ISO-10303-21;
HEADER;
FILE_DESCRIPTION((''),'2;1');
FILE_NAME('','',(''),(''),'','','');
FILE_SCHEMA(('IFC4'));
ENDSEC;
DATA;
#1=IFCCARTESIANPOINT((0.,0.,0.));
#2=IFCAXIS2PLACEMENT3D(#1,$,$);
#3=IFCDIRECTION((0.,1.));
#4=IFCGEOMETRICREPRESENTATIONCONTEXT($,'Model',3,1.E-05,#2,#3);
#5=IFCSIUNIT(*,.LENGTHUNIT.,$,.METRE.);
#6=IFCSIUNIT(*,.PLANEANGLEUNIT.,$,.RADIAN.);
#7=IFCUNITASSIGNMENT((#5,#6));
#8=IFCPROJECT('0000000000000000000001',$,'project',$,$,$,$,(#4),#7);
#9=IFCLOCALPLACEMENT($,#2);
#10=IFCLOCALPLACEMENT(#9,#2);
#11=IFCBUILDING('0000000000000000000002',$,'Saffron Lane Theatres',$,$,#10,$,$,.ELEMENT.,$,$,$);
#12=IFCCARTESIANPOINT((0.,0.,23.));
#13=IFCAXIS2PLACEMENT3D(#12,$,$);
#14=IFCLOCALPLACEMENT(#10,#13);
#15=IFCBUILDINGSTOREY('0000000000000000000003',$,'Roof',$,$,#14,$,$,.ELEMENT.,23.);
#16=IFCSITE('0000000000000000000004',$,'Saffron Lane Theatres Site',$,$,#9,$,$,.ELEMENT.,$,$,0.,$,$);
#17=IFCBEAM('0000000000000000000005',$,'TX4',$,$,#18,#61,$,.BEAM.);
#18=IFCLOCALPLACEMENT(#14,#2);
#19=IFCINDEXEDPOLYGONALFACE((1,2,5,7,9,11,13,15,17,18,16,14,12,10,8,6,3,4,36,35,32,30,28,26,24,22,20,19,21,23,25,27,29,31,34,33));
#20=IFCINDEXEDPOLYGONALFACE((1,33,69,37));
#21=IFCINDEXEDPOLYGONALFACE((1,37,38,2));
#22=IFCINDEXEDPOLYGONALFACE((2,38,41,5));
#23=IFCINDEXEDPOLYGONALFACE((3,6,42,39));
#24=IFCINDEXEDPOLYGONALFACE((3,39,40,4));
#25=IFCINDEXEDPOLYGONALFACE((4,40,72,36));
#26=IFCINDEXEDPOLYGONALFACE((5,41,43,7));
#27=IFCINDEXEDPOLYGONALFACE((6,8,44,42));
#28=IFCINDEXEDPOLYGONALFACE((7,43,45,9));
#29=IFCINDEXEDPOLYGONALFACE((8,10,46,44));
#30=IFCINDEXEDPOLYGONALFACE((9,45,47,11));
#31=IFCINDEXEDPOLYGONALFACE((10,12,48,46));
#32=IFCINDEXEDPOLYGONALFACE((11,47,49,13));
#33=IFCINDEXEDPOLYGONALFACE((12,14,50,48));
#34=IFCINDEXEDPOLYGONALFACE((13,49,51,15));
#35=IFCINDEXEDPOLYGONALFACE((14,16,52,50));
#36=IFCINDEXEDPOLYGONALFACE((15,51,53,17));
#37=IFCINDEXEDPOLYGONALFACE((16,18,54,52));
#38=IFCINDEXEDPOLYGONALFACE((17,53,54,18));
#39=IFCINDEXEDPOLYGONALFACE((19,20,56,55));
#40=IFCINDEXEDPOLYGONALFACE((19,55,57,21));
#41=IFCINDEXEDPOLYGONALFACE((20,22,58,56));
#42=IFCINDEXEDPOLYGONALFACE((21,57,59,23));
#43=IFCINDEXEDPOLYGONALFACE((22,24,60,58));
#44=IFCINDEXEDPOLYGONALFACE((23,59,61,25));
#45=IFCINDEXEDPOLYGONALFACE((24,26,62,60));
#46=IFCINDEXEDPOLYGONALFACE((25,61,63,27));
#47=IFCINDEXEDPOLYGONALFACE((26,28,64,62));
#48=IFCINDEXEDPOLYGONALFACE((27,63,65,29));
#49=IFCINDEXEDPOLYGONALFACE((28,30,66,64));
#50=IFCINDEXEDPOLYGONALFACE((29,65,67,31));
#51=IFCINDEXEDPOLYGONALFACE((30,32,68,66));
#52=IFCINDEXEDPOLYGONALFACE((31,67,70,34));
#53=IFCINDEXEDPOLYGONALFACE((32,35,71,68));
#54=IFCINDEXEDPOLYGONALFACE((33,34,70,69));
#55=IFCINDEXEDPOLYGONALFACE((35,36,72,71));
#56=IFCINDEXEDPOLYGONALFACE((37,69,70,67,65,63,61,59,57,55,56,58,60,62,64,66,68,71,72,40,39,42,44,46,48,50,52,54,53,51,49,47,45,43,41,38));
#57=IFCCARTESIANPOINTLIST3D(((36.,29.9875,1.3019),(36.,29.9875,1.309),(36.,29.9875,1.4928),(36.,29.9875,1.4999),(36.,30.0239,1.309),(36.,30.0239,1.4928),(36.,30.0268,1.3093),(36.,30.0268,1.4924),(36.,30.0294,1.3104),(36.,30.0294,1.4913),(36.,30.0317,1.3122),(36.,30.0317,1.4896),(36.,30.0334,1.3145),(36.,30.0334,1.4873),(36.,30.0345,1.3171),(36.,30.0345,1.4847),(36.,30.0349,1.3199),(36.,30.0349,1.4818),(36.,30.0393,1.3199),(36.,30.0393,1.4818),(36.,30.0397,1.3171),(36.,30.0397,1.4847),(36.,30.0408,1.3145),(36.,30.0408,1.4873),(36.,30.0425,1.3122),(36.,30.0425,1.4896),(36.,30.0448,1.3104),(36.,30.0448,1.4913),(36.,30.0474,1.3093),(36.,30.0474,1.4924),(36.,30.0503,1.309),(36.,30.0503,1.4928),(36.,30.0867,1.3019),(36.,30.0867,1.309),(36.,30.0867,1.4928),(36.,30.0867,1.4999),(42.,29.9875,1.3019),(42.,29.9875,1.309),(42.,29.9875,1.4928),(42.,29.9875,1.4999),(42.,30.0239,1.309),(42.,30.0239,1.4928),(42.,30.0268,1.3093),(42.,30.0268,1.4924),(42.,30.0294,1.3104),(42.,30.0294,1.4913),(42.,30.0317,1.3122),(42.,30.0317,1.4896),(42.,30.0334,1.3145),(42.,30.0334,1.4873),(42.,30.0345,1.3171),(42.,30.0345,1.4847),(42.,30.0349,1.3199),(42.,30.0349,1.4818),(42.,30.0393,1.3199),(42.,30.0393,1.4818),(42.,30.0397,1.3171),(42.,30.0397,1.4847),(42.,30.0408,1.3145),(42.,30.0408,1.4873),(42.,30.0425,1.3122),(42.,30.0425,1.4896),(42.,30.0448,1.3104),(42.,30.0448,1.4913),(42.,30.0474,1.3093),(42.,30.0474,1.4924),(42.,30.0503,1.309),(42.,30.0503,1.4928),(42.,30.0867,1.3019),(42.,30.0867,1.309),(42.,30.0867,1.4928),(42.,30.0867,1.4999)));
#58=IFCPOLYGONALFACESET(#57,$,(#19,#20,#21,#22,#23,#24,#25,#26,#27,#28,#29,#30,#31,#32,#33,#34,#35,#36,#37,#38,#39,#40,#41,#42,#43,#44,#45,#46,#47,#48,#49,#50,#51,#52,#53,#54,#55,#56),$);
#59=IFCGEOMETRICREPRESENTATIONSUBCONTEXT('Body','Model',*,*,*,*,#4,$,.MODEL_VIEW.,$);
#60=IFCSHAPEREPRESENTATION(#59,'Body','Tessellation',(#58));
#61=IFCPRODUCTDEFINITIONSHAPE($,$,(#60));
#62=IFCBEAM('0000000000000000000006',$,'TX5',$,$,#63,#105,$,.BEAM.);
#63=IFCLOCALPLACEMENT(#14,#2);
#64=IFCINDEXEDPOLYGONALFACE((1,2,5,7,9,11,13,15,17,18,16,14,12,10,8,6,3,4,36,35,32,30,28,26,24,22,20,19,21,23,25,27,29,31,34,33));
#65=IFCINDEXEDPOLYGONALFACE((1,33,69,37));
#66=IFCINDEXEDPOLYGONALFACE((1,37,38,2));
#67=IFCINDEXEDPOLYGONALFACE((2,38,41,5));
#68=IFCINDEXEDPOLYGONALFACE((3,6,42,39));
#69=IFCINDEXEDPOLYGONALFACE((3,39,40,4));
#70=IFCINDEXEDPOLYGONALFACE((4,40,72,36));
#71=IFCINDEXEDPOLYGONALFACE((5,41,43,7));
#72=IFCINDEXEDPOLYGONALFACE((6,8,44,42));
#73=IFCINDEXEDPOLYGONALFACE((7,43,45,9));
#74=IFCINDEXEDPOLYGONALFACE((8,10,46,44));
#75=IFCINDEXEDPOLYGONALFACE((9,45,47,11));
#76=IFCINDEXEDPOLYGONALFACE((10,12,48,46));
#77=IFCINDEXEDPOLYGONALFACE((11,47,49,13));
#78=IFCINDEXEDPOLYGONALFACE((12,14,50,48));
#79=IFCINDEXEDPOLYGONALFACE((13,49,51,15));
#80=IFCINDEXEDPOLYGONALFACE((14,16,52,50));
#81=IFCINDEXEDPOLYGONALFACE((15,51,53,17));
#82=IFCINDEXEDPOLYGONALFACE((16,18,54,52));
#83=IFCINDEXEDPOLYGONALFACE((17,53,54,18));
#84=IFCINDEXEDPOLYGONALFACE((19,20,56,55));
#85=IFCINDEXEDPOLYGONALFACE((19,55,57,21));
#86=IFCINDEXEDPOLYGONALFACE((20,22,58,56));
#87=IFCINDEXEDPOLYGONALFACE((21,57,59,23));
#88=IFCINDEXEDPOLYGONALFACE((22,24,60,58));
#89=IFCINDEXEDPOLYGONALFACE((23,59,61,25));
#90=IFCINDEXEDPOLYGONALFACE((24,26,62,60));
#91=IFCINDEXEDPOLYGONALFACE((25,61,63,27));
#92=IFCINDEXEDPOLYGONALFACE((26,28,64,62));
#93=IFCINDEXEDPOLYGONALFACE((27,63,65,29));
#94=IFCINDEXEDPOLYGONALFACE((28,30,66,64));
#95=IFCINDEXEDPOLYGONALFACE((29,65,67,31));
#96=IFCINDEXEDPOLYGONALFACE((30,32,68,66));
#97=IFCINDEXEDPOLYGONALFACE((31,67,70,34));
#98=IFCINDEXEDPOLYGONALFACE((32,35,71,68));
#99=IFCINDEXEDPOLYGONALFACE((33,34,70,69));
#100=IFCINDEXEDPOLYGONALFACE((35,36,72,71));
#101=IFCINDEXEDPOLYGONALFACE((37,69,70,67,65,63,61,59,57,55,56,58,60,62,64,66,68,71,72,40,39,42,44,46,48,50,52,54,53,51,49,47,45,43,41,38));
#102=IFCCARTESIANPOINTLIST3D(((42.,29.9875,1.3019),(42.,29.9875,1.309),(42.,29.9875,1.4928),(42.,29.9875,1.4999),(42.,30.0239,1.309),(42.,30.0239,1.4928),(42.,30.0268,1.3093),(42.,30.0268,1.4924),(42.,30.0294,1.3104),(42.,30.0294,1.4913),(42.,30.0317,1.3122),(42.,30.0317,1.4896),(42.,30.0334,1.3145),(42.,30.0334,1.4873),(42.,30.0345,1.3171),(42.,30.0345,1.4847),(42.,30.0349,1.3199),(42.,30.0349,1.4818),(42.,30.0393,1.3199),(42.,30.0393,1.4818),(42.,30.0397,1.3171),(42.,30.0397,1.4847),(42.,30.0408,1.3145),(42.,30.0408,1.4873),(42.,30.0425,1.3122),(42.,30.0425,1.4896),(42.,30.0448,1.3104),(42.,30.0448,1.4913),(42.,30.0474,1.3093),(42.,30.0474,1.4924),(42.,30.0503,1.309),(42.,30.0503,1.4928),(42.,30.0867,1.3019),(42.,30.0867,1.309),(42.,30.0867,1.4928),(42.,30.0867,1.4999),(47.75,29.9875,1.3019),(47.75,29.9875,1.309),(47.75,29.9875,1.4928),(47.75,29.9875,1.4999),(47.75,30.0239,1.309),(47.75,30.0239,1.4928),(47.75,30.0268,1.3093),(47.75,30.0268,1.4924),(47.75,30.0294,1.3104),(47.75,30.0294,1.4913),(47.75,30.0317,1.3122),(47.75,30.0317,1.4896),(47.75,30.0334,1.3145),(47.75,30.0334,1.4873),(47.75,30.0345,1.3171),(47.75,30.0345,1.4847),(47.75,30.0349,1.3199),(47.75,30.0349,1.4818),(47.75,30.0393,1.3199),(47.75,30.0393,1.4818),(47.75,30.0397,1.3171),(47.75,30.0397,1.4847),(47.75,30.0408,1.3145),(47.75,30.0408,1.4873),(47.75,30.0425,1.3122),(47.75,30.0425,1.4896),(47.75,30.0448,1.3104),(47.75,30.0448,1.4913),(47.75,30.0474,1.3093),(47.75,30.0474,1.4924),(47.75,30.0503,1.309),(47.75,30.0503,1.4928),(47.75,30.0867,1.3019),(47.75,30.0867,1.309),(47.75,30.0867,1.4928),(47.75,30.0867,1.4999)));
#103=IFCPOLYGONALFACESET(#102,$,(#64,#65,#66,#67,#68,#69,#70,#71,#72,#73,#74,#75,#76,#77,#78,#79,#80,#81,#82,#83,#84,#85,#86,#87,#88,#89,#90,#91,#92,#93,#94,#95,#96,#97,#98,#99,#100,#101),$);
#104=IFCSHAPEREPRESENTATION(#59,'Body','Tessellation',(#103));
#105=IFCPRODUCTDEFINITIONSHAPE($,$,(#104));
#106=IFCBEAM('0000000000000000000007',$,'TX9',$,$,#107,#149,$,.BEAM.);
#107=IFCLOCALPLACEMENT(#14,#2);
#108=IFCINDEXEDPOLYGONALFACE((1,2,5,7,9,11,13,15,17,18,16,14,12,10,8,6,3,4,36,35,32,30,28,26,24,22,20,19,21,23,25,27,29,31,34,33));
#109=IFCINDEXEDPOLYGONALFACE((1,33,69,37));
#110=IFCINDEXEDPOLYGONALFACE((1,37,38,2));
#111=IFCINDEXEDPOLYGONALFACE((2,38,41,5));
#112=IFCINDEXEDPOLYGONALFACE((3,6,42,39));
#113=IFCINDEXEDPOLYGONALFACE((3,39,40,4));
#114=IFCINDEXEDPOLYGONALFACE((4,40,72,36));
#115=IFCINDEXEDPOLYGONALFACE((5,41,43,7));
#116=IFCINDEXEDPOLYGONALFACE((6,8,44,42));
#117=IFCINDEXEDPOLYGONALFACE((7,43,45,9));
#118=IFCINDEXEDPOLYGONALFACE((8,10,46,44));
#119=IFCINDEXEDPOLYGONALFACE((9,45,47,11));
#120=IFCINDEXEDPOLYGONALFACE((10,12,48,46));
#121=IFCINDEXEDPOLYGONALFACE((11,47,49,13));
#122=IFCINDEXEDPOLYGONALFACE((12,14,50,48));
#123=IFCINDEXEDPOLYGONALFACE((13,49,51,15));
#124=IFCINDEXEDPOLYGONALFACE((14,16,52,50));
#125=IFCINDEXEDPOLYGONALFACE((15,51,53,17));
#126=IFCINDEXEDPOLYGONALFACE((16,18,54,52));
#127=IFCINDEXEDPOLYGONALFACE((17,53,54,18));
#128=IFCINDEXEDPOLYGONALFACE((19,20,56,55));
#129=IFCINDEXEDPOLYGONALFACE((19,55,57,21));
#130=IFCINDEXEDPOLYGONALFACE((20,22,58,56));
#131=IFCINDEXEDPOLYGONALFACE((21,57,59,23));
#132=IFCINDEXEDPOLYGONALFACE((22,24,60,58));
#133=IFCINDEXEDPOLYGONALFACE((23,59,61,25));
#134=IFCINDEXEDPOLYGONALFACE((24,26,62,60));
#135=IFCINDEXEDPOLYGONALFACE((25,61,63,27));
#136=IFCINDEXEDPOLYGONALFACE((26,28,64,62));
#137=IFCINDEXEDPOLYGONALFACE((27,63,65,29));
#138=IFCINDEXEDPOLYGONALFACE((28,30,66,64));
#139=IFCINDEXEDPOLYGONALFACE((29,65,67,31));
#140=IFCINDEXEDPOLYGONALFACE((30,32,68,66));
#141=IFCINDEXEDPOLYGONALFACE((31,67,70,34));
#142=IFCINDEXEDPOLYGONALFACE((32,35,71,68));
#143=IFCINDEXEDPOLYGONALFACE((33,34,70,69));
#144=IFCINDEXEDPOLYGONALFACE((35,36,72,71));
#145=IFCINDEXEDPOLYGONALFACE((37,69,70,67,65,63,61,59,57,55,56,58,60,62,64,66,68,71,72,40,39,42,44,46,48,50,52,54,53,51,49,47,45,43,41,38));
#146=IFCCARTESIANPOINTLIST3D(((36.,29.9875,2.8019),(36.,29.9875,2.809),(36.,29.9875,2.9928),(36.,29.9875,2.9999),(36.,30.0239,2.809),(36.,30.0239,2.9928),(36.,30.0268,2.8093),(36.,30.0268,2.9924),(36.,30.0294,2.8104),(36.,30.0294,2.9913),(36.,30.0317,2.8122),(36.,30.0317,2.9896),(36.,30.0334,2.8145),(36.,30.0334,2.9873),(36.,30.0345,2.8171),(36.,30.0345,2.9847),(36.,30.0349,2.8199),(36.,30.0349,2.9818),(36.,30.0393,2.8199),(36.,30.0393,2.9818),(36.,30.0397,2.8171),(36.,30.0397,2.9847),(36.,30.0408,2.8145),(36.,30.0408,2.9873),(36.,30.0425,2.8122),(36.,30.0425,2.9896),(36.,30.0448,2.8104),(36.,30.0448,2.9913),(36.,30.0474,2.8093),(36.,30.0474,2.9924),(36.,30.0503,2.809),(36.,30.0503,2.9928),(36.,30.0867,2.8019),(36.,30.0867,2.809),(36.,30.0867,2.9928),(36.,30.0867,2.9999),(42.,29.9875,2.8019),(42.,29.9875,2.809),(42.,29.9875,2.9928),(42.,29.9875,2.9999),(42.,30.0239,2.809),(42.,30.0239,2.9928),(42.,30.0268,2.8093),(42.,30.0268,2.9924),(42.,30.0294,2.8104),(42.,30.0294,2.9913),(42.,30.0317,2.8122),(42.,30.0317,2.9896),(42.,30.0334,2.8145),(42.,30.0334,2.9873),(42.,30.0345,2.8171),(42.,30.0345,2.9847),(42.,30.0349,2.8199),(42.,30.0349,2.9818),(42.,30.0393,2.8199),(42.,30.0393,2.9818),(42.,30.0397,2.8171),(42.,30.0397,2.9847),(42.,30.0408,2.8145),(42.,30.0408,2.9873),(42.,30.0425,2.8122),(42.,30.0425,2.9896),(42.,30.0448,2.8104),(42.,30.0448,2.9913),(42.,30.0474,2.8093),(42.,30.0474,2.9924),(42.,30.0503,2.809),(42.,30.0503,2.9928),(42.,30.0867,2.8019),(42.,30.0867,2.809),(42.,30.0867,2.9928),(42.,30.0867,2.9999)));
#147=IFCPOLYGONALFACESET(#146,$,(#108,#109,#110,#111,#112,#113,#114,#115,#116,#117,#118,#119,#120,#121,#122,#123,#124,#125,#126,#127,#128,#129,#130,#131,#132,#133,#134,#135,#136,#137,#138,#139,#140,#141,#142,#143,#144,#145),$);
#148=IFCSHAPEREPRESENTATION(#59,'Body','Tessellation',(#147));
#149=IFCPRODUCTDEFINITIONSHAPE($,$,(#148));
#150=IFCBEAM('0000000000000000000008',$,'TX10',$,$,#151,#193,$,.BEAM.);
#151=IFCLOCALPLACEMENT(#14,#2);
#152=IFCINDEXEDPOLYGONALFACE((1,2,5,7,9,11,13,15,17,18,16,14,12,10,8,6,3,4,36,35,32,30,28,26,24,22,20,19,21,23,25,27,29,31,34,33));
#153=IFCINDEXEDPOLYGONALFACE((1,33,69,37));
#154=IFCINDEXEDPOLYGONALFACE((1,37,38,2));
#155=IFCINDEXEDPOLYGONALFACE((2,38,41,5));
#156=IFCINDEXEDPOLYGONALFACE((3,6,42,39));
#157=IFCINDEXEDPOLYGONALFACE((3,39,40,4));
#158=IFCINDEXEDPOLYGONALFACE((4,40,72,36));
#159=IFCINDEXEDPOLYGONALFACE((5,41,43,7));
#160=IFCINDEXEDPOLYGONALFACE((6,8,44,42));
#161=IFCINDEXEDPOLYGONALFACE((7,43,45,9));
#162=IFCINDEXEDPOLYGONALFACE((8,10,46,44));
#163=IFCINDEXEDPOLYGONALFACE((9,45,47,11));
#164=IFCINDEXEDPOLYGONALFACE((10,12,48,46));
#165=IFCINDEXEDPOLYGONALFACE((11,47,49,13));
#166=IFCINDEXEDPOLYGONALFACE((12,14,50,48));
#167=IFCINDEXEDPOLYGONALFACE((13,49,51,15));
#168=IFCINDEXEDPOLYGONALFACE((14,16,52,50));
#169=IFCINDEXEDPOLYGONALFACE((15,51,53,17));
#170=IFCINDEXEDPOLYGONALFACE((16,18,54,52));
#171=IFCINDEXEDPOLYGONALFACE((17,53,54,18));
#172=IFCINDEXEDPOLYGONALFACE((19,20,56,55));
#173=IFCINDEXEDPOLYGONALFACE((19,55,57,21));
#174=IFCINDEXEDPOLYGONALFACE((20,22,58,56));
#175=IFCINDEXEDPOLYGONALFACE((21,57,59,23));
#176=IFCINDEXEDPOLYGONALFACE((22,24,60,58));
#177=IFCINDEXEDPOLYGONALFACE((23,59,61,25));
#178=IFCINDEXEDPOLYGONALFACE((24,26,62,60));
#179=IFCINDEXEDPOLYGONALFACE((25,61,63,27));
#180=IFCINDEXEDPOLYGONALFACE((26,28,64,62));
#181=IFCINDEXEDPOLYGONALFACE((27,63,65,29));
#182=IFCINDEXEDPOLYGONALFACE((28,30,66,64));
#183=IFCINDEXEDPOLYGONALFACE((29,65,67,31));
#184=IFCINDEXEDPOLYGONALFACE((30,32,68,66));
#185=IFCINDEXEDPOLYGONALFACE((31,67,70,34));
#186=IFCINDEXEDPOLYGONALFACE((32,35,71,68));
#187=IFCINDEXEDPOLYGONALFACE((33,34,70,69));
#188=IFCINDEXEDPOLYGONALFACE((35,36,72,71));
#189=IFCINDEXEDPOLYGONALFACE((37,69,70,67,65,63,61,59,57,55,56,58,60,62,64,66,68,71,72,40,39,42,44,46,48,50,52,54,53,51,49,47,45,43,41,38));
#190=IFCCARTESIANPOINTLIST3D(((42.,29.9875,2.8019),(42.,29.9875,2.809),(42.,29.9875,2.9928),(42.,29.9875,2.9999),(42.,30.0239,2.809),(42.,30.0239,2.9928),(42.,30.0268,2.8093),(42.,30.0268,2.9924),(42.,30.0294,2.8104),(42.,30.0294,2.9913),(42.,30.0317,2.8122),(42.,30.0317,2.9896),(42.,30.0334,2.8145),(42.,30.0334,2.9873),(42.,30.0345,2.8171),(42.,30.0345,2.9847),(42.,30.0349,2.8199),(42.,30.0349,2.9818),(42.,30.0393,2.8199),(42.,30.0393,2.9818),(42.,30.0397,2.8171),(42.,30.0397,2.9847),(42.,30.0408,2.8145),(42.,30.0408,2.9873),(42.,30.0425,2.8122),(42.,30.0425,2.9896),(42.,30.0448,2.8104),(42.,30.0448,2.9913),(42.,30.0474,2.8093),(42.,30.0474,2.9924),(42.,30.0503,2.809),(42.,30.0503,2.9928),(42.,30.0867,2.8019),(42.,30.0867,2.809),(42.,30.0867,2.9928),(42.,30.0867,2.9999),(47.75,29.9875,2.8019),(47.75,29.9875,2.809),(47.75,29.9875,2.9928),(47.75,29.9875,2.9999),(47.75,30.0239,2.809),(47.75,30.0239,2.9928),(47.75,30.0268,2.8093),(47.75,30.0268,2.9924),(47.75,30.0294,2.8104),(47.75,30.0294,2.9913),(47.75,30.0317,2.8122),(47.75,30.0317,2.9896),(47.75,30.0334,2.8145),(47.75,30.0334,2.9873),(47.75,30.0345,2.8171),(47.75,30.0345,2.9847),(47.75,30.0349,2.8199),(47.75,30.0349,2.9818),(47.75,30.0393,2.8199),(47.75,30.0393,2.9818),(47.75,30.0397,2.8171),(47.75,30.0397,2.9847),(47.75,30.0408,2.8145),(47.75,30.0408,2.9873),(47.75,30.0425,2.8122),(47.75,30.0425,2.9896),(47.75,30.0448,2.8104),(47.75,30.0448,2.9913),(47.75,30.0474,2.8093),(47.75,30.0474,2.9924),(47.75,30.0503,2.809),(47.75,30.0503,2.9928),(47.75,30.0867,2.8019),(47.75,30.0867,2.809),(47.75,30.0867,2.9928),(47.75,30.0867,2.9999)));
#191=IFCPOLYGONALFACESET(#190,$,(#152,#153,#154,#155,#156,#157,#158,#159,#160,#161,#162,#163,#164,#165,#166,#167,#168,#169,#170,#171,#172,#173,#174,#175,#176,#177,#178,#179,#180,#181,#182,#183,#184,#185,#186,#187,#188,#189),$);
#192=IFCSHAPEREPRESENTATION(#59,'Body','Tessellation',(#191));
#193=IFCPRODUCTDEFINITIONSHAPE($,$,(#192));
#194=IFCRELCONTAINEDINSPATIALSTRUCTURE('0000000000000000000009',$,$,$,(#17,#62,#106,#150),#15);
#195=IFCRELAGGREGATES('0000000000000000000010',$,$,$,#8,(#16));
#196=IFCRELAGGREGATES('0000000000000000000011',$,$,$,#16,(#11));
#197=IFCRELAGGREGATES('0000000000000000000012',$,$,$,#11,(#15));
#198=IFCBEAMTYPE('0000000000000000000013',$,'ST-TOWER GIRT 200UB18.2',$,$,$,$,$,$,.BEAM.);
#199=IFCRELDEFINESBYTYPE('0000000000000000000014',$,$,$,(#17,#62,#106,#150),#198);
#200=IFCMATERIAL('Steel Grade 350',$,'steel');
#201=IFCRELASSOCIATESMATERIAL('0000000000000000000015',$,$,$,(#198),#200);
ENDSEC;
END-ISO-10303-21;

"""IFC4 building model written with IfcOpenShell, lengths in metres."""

from ifc_helpers import new_model, si_unit, direction, frame, origin, origin_2d, place, context, subcontext, project, spatial, i_section, extrude, material, material_profile, profile_set, type_object, element, save


model = new_model("IFC4")

# Units and contexts
model_context = context("Model", 3, precision=1e-05, world=origin(), true_north=direction((0.0, 1.0)))
body_context = subcontext(model_context, "Body", "Model", "MODEL_VIEW")
ifc_project = project(units=[si_unit("LENGTHUNIT", "METRE"), si_unit("PLANEANGLEUNIT", "RADIAN")], contexts=[model_context])

# Site, building, storey
site_placement = place(None, origin())
site = spatial("IfcSite", under=ifc_project, at=site_placement, Name="Saffron Lane Theatres Site", CompositionType="ELEMENT", RefElevation=0.0)
building_placement = place(site_placement, origin())
building = spatial("IfcBuilding", under=site, at=building_placement, Name="Saffron Lane Theatres", CompositionType="ELEMENT")
storey_placement = place(building_placement, frame((0.0, 0.0, 23.0)))
storey = spatial("IfcBuildingStorey", under=building, at=storey_placement, Name="Roof", CompositionType="ELEMENT", Elevation=23.0)

# Beams
ifc_material_1 = material(Name="Steel Grade 350", Category="steel")
ifc_material_profile = material_profile(ifc_material_1, i_section(OverallWidth=0.0991, OverallDepth=0.198, WebThickness=0.0044, FlangeThickness=0.0071, FilletRadius=0.011, at=origin_2d()))
ifc_profile_set = profile_set([ifc_material_profile], Name="Steel Grade 350")
beam_type = type_object("IfcBeamType", Name="ST-TOWER GIRT 200UB18.2", PredefinedType="BEAM", material=ifc_profile_set)
beam_1_placement = place(storey_placement, frame((36.0, 30.0371, 1.4009), z_axis=(1.0, 0.0, 0.0), x_axis=(0.0, 1.0, 0.0)))
element("IfcBeam", 1, at=beam_1_placement, inside=storey, type_object=beam_type, Name="TX4", PredefinedType="BEAM", context=body_context, shape_type="SweptSolid", body=[
    extrude(i_section(OverallWidth=0.0991, OverallDepth=0.198, WebThickness=0.0044, FlangeThickness=0.0071, FilletRadius=0.011, at=origin_2d()), origin(), (0.0, 0.0, 1.0), 6.0),
])
beam_2_placement = place(storey_placement, frame((42.0, 30.0371, 1.4009), z_axis=(1.0, 0.0, 0.0), x_axis=(0.0, 1.0, 0.0)))
element("IfcBeam", 2, at=beam_2_placement, inside=storey, type_object=beam_type, Name="TX5", PredefinedType="BEAM", context=body_context, shape_type="SweptSolid", body=[
    extrude(i_section(OverallWidth=0.0991, OverallDepth=0.198, WebThickness=0.0044, FlangeThickness=0.0071, FilletRadius=0.011, at=origin_2d()), origin(), (0.0, 0.0, 1.0), 5.75),
])
beam_3_placement = place(storey_placement, frame((36.0, 30.0371, 2.9009), z_axis=(1.0, 0.0, 0.0), x_axis=(0.0, 1.0, 0.0)))
element("IfcBeam", 3, at=beam_3_placement, inside=storey, type_object=beam_type, Name="TX9", PredefinedType="BEAM", context=body_context, shape_type="SweptSolid", body=[
    extrude(i_section(OverallWidth=0.0991, OverallDepth=0.198, WebThickness=0.0044, FlangeThickness=0.0071, FilletRadius=0.011, at=origin_2d()), origin(), (0.0, 0.0, 1.0), 6.0),
])
beam_4_placement = place(storey_placement, frame((42.0, 30.0371, 2.9009), z_axis=(1.0, 0.0, 0.0), x_axis=(0.0, 1.0, 0.0)))
element("IfcBeam", 4, at=beam_4_placement, inside=storey, type_object=beam_type, Name="TX10", PredefinedType="BEAM", context=body_context, shape_type="SweptSolid", body=[
    extrude(i_section(OverallWidth=0.0991, OverallDepth=0.198, WebThickness=0.0044, FlangeThickness=0.0071, FilletRadius=0.011, at=origin_2d()), origin(), (0.0, 0.0, 1.0), 5.75),
])

save(model, "model.ifc")
